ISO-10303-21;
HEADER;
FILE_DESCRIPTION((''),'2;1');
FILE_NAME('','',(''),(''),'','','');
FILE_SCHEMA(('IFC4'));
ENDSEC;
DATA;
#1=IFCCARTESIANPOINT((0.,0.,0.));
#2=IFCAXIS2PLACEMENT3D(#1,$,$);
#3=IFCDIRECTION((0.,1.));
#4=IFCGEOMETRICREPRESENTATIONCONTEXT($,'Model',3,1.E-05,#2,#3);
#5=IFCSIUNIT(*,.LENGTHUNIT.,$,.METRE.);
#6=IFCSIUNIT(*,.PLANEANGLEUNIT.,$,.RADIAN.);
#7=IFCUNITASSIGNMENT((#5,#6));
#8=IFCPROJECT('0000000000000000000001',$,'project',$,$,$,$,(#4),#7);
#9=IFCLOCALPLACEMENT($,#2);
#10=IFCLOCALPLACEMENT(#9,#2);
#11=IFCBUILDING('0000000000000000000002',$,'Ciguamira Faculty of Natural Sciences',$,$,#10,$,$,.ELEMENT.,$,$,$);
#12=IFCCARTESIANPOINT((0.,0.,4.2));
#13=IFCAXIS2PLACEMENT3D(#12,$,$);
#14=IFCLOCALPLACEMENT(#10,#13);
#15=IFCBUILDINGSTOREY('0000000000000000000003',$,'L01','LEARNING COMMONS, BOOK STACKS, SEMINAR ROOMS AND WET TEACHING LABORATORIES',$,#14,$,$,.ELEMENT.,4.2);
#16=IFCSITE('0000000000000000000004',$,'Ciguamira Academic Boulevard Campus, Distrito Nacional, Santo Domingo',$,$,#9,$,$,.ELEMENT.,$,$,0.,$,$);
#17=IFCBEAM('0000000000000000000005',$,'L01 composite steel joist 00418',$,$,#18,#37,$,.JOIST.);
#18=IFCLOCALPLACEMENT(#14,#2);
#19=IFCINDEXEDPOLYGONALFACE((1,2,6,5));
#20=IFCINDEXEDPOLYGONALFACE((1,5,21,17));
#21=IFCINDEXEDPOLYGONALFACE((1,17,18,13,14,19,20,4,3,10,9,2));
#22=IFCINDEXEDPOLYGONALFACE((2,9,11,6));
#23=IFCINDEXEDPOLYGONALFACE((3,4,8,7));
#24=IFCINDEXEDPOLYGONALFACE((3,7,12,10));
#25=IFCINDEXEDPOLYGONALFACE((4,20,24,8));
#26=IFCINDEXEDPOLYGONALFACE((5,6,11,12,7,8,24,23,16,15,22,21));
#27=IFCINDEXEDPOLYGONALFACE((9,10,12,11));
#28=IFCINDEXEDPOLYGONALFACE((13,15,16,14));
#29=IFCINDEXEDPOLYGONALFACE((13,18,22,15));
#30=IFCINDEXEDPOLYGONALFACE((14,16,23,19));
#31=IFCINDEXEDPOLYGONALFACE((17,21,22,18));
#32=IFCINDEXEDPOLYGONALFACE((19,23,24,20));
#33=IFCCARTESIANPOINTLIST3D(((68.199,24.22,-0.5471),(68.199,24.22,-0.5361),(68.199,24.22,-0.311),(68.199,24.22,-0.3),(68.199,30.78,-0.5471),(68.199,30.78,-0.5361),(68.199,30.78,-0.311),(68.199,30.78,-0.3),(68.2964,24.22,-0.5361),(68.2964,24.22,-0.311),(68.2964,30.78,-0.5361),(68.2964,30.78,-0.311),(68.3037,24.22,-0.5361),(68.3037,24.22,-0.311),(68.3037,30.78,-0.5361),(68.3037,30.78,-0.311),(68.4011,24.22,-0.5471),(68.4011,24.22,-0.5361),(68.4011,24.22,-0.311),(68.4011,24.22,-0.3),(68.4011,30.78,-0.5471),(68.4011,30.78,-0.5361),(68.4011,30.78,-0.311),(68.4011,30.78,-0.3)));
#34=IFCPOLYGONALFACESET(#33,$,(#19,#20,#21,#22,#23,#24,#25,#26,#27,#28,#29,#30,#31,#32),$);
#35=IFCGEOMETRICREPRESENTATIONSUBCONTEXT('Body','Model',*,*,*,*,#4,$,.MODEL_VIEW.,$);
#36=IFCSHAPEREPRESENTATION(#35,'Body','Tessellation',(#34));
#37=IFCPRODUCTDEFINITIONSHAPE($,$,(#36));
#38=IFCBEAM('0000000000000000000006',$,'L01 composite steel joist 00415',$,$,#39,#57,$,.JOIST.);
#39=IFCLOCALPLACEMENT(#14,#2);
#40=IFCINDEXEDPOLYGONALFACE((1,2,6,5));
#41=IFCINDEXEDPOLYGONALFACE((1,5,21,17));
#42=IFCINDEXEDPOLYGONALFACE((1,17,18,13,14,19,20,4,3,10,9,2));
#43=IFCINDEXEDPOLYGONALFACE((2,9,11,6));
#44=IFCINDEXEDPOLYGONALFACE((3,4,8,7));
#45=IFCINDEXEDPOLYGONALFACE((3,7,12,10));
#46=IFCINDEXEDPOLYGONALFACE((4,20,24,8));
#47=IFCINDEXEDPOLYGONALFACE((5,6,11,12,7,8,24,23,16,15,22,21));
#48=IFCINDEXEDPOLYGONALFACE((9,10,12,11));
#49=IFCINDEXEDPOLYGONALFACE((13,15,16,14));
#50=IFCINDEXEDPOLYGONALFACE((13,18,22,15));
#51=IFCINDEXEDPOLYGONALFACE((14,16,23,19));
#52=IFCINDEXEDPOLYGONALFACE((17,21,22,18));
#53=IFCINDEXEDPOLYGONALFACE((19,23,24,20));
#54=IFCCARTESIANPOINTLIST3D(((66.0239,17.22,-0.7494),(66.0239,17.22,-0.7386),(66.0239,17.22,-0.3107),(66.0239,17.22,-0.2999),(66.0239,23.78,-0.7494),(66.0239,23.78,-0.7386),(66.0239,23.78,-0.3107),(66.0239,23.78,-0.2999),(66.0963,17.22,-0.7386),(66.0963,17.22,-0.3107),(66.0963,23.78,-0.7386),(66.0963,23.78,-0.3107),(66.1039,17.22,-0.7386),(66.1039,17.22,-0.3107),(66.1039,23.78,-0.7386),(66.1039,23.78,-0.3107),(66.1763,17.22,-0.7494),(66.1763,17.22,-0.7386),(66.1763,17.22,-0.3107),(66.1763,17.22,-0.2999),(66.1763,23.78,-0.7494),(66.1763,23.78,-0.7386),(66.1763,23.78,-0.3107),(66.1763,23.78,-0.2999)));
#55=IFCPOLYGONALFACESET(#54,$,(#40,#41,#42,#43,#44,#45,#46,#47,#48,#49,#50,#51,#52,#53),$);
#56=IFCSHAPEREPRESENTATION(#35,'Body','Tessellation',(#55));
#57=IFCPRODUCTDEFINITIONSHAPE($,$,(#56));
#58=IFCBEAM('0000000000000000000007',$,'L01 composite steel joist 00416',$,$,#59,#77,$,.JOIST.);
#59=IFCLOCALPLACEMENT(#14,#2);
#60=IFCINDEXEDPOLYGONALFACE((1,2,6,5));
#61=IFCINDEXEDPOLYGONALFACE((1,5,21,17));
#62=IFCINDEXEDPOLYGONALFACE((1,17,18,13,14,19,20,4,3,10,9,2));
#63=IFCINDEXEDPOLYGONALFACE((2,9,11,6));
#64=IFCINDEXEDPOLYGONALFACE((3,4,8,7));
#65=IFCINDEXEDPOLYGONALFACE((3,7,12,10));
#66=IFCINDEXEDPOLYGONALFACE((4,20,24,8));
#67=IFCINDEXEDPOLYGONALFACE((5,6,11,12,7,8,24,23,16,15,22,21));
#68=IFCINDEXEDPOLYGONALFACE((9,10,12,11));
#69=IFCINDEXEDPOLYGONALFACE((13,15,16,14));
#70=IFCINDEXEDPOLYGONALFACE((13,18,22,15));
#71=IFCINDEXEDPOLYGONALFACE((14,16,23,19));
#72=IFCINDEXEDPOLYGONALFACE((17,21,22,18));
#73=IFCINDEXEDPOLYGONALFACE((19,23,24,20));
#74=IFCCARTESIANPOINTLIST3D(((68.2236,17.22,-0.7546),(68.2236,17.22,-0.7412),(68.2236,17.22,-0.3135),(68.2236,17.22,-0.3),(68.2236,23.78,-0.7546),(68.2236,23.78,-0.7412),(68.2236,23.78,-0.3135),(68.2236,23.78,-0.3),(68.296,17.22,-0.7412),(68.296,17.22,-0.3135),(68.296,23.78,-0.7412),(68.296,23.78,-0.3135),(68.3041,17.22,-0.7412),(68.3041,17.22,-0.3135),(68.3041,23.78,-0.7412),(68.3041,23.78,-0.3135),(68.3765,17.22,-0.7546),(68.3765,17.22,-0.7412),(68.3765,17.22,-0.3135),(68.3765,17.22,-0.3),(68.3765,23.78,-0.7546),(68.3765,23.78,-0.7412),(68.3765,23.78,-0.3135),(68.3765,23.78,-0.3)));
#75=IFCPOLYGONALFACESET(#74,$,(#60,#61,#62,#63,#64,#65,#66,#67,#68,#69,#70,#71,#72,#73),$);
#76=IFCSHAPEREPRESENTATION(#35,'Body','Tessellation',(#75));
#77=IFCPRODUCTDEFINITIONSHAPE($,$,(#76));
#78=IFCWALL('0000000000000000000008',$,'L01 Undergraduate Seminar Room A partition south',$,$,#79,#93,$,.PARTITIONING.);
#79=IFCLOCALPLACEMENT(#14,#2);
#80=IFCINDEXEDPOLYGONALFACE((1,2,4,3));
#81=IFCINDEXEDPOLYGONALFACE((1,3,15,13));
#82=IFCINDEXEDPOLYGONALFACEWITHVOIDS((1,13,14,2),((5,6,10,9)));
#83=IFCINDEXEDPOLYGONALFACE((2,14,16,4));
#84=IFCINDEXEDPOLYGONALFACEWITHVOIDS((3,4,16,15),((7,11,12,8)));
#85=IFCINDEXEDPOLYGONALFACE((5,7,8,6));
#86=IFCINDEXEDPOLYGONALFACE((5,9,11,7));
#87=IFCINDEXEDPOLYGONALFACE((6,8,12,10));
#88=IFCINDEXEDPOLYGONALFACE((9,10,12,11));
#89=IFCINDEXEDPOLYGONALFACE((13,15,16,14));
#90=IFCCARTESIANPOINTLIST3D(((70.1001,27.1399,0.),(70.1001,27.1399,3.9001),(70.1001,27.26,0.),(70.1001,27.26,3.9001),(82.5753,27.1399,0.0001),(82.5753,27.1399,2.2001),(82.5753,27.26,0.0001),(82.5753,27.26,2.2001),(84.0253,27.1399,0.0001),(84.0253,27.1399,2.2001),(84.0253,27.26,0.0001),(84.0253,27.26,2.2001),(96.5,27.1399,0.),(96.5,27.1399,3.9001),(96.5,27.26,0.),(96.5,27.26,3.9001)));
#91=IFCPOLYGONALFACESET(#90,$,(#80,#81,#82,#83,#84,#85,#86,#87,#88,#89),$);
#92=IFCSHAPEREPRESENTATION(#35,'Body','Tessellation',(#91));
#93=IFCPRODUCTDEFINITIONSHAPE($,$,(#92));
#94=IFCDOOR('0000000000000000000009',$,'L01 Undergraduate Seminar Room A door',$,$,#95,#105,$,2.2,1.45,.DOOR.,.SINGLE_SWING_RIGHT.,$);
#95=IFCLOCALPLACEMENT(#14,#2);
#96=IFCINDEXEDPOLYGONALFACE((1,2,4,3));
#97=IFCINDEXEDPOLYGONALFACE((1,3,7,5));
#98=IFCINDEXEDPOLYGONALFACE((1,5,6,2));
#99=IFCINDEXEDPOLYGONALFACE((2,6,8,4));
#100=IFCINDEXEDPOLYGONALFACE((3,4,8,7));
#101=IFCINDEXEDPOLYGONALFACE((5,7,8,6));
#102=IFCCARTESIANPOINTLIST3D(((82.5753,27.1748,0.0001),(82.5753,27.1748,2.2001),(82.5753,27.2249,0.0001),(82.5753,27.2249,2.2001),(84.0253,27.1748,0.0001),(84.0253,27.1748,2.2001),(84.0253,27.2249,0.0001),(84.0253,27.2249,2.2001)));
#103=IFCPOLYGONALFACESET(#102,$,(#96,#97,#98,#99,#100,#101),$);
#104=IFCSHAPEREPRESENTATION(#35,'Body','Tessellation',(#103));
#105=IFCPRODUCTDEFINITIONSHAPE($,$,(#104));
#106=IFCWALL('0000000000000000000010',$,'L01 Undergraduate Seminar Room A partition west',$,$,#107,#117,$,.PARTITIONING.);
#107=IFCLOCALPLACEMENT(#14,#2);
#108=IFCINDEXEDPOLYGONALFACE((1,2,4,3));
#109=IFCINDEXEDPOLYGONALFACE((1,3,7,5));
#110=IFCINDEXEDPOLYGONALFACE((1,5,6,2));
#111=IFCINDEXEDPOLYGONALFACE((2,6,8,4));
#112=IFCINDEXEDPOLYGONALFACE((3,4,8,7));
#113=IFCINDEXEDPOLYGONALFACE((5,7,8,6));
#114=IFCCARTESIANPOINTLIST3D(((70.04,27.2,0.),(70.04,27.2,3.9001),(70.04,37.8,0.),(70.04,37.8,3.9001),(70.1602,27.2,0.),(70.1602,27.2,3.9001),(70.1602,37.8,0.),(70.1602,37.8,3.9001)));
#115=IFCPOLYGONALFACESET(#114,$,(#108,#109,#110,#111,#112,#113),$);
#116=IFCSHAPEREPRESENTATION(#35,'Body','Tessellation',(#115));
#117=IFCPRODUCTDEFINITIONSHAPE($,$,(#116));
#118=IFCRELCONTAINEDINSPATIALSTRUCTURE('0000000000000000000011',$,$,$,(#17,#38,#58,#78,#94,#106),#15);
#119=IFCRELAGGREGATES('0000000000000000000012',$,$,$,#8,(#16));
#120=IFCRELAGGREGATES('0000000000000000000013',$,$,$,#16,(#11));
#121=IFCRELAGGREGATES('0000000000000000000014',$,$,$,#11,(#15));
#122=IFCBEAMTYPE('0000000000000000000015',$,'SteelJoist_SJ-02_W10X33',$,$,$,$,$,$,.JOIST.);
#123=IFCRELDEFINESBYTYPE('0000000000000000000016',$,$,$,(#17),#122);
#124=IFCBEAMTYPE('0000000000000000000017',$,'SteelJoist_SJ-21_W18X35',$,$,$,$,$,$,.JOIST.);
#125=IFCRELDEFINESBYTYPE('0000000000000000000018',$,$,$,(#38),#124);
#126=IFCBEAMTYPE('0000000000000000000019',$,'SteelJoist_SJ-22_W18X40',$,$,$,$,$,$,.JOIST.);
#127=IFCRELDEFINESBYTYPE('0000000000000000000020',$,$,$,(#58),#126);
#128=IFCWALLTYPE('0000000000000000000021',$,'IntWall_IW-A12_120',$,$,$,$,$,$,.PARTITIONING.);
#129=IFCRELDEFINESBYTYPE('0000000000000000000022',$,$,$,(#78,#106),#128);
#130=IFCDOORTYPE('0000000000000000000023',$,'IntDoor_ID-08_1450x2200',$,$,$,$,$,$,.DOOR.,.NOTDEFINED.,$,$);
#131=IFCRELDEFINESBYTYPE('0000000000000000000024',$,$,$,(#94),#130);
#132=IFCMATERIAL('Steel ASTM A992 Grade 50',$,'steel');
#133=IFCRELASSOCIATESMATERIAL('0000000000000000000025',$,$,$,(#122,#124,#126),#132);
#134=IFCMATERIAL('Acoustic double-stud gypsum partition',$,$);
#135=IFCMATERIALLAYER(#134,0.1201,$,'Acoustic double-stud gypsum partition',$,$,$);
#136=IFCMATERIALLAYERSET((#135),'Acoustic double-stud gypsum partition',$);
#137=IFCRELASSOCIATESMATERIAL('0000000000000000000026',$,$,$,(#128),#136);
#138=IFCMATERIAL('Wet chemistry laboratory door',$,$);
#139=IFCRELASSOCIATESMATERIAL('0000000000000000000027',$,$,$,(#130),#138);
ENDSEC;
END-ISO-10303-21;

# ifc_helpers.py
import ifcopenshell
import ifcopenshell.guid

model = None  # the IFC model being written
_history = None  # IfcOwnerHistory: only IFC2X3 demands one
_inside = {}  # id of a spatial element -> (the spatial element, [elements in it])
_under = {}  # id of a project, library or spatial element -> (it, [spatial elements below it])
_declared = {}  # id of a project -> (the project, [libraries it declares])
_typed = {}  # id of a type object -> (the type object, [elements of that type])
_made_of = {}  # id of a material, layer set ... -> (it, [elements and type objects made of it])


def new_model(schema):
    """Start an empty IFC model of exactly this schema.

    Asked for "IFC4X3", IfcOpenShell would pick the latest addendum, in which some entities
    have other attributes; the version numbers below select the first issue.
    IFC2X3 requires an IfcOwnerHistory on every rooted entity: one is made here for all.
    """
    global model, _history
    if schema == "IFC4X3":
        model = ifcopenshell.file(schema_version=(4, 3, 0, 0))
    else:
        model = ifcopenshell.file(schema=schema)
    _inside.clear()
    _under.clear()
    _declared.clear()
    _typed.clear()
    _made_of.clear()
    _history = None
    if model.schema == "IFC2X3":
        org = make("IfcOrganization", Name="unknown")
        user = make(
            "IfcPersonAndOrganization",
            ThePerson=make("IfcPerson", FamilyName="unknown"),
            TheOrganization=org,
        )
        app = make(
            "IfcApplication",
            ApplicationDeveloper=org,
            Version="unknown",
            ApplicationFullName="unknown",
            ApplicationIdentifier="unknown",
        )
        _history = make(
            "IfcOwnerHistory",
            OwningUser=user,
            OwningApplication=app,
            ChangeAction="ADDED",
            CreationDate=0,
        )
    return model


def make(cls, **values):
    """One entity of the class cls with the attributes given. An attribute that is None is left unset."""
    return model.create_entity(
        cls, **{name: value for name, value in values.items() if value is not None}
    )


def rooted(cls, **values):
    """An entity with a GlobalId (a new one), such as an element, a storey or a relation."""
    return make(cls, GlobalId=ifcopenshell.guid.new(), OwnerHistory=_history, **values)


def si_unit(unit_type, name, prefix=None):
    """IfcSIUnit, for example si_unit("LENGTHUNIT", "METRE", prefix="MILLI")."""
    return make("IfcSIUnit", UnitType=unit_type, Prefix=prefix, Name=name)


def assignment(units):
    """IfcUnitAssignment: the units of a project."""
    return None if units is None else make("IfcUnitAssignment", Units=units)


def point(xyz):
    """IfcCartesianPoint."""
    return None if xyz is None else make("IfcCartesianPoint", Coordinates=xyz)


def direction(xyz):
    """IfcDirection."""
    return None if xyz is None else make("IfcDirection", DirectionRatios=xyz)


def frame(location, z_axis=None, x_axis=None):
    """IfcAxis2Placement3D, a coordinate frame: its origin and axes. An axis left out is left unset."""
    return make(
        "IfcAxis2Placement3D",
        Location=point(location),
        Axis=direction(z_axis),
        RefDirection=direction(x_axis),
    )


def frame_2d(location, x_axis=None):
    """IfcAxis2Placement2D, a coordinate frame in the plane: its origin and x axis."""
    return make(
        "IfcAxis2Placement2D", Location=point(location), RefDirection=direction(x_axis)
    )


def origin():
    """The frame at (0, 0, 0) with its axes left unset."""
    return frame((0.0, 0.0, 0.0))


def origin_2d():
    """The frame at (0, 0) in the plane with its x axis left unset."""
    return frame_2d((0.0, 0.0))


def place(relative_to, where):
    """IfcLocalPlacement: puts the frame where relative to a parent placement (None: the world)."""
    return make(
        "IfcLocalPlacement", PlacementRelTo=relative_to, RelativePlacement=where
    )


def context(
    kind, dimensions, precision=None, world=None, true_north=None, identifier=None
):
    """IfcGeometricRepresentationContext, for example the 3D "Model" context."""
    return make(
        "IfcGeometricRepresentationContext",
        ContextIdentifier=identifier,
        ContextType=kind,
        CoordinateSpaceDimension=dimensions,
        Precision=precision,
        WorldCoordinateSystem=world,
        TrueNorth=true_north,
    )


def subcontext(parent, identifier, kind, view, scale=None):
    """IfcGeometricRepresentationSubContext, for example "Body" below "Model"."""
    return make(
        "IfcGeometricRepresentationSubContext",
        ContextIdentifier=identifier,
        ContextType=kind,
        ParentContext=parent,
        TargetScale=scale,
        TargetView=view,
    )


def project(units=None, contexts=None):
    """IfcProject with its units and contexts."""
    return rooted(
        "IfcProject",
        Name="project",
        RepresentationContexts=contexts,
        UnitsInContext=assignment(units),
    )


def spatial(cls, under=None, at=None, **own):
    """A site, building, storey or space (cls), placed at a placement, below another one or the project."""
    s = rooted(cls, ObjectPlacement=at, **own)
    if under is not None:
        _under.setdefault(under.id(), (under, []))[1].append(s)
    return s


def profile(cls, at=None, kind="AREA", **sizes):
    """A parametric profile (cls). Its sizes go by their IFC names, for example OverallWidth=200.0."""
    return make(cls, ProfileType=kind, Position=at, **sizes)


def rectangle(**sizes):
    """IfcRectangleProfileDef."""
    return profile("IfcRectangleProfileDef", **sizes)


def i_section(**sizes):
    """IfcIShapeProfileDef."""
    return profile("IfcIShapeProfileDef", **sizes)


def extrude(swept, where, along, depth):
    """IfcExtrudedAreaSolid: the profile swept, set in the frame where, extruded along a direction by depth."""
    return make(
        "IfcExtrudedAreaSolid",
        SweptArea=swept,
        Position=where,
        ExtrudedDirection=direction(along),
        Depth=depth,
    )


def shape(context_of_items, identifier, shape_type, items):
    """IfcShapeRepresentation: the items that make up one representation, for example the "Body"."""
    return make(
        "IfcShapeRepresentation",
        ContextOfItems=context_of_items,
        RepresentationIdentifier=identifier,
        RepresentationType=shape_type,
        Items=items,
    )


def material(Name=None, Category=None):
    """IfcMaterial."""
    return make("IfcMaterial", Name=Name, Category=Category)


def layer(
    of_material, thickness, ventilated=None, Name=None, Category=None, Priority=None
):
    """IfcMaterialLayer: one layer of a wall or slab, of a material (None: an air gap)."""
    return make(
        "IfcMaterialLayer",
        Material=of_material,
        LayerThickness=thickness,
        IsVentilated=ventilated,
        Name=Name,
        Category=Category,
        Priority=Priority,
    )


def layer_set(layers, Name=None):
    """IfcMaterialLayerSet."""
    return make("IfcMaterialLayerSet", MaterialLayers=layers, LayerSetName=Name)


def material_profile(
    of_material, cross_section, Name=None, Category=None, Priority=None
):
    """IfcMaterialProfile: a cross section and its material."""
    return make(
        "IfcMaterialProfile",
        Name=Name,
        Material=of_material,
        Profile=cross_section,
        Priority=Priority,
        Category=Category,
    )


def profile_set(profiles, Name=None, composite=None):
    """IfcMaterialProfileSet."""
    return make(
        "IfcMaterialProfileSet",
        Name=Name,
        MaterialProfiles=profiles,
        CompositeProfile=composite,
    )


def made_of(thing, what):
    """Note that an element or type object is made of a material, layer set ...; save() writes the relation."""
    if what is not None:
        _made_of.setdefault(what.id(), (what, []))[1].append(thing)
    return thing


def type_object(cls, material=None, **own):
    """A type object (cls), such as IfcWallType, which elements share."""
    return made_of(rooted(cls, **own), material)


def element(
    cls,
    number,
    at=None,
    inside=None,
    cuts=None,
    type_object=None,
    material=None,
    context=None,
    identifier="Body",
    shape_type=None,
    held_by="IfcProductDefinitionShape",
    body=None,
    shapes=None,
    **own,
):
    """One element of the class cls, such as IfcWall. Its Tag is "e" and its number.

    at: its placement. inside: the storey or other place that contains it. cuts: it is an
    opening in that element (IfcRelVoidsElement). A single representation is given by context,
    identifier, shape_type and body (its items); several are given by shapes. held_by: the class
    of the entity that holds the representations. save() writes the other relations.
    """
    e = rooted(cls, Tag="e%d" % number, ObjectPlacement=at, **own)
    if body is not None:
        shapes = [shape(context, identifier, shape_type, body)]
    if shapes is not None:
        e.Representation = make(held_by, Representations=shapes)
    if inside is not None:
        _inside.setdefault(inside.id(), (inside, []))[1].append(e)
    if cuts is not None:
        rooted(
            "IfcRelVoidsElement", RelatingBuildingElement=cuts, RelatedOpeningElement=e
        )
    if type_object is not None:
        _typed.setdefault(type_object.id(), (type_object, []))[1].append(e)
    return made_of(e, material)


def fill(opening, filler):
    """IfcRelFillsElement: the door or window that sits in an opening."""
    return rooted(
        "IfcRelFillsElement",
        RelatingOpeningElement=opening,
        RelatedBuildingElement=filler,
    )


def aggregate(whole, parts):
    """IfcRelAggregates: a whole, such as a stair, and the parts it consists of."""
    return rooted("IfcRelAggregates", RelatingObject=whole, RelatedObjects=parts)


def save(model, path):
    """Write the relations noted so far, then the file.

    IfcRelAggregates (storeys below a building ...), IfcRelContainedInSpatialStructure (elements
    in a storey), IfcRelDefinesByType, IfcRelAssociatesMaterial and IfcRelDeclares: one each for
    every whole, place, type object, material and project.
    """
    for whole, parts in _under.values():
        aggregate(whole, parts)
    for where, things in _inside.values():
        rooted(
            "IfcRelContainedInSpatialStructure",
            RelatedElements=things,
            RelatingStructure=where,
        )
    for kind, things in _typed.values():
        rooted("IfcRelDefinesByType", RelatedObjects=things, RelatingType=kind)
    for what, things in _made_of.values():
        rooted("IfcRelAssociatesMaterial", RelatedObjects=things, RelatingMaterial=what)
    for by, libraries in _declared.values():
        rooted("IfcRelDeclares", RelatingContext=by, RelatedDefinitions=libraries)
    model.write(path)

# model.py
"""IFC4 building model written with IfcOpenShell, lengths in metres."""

from ifc_helpers import new_model, si_unit, direction, frame, frame_2d, origin, origin_2d, place, context, subcontext, project, spatial, rectangle, i_section, extrude, material, layer, layer_set, material_profile, profile_set, type_object, element, fill, save


model = new_model("IFC4")

# Units and contexts
model_context = context("Model", 3, precision=1e-05, world=origin(), true_north=direction((0.0, 1.0)))
body_context = subcontext(model_context, "Body", "Model", "MODEL_VIEW")
ifc_project = project(units=[si_unit("LENGTHUNIT", "METRE"), si_unit("PLANEANGLEUNIT", "RADIAN")], contexts=[model_context])

# Site, building, storey
site_placement = place(None, origin())
site = spatial("IfcSite", under=ifc_project, at=site_placement, Name="Ciguamira Academic Boulevard Campus, Distrito Nacional, Santo Domingo", CompositionType="ELEMENT", RefElevation=0.0)
building_placement = place(site_placement, origin())
building = spatial("IfcBuilding", under=site, at=building_placement, Name="Ciguamira Faculty of Natural Sciences", CompositionType="ELEMENT")
storey_placement = place(building_placement, frame((0.0, 0.0, 4.2)))
storey = spatial("IfcBuildingStorey", under=building, at=storey_placement, Name="L01", Description="LEARNING COMMONS, BOOK STACKS, SEMINAR ROOMS AND WET TEACHING LABORATORIES", CompositionType="ELEMENT", Elevation=4.2)

# Beams
ifc_material_1 = material(Name="Steel ASTM A992 Grade 50", Category="steel")
ifc_material_profile_1 = material_profile(ifc_material_1, i_section(OverallWidth=0.2021, OverallDepth=0.2471, WebThickness=0.0073, FlangeThickness=0.011, at=origin_2d()), Name="W10X33")
ifc_profile_set_1 = profile_set([ifc_material_profile_1], Name="Steel ASTM A992 Grade 50")
beam_type_1 = type_object("IfcBeamType", Name="SteelJoist_SJ-02_W10X33", PredefinedType="JOIST", material=ifc_profile_set_1)
beam_1_placement = place(storey_placement, frame((68.3, 24.22, -0.4236), z_axis=(0.0, 1.0, 0.0), x_axis=(-1.0, 0.0, 0.0)))
element("IfcBeam", 1, at=beam_1_placement, inside=storey, type_object=beam_type_1, Name="L01 composite steel joist 00418", PredefinedType="JOIST", context=body_context, shape_type="SweptSolid", body=[
    extrude(i_section(OverallWidth=0.2021, OverallDepth=0.2471, WebThickness=0.0073, FlangeThickness=0.011, at=origin_2d()), origin(), (0.0, 0.0, 1.0), 6.5601),
])
ifc_material_profile_2 = material_profile(ifc_material_1, i_section(OverallWidth=0.1523, OverallDepth=0.4495, WebThickness=0.0076, FlangeThickness=0.0107, at=origin_2d()), Name="W18X35")
ifc_profile_set_2 = profile_set([ifc_material_profile_2], Name="Steel ASTM A992 Grade 50")
beam_type_2 = type_object("IfcBeamType", Name="SteelJoist_SJ-21_W18X35", PredefinedType="JOIST", material=ifc_profile_set_2)
beam_2_placement = place(storey_placement, frame((66.1001, 17.22, -0.5247), z_axis=(0.0, 1.0, 0.0), x_axis=(-1.0, 0.0, 0.0)))
element("IfcBeam", 2, at=beam_2_placement, inside=storey, type_object=beam_type_2, Name="L01 composite steel joist 00415", PredefinedType="JOIST", context=body_context, shape_type="SweptSolid", body=[
    extrude(i_section(OverallWidth=0.1523, OverallDepth=0.4495, WebThickness=0.0076, FlangeThickness=0.0107, at=origin_2d()), origin(), (0.0, 0.0, 1.0), 6.5601),
])
ifc_material_profile_3 = material_profile(ifc_material_1, i_section(OverallWidth=0.1528, OverallDepth=0.4546, WebThickness=0.0081, FlangeThickness=0.0134, at=origin_2d()), Name="W18X40")
ifc_profile_set_3 = profile_set([ifc_material_profile_3], Name="Steel ASTM A992 Grade 50")
beam_type_3 = type_object("IfcBeamType", Name="SteelJoist_SJ-22_W18X40", PredefinedType="JOIST", material=ifc_profile_set_3)
beam_3_placement = place(storey_placement, frame((68.3, 17.22, -0.5273), z_axis=(0.0, 1.0, 0.0), x_axis=(-1.0, 0.0, 0.0)))
element("IfcBeam", 3, at=beam_3_placement, inside=storey, type_object=beam_type_3, Name="L01 composite steel joist 00416", PredefinedType="JOIST", context=body_context, shape_type="SweptSolid", body=[
    extrude(i_section(OverallWidth=0.1528, OverallDepth=0.4546, WebThickness=0.0081, FlangeThickness=0.0134, at=origin_2d()), origin(), (0.0, 0.0, 1.0), 6.5601),
])

# Wall, opening, door
ifc_material_2 = material(Name="Acoustic double-stud gypsum partition")
ifc_layer = layer(ifc_material_2, 0.1201, Name="Acoustic double-stud gypsum partition")
ifc_layer_set = layer_set([ifc_layer], Name="Acoustic double-stud gypsum partition")
wall_type = type_object("IfcWallType", Name="IntWall_IW-A12_120", PredefinedType="PARTITIONING", material=ifc_layer_set)
wall_1_placement = place(storey_placement, frame((70.1001, 27.2, 0.0), z_axis=(0.0, 0.0, 1.0), x_axis=(1.0, 0.0, 0.0)))
wall_1 = element("IfcWall", 4, at=wall_1_placement, inside=storey, type_object=wall_type, Name="L01 Undergraduate Seminar Room A partition south", PredefinedType="PARTITIONING", context=body_context, shape_type="SweptSolid", body=[
    extrude(rectangle(XDim=26.3999, YDim=0.1201, at=frame_2d((13.2, 0.0))), origin(), (0.0, 0.0, 1.0), 3.9001),
])
opening_placement = place(wall_1_placement, frame((12.4751, 0.0, 0.0)))
opening = element("IfcOpeningElement", 5, at=opening_placement, cuts=wall_1, PredefinedType="OPENING", context=body_context, shape_type="SweptSolid", body=[
    extrude(rectangle(XDim=1.45, YDim=2.2, at=frame_2d((0.7251, 1.1001))), frame((0.0, 0.0701, 0.0), z_axis=(0.0, -1.0, 0.0), x_axis=(1.0, 0.0, 0.0)), (0.0, 0.0, 1.0), 0.1401),
])
ifc_material_3 = material(Name="Wet chemistry laboratory door")
door_type = type_object("IfcDoorType", Name="IntDoor_ID-08_1450x2200", OperationType="NOTDEFINED", PredefinedType="DOOR", material=ifc_material_3)
door_placement = place(opening_placement, origin())
door = element("IfcDoor", 6, at=door_placement, inside=storey, type_object=door_type, Name="L01 Undergraduate Seminar Room A door", OperationType="SINGLE_SWING_RIGHT", OverallHeight=2.2, OverallWidth=1.45, PredefinedType="DOOR", context=body_context, shape_type="SweptSolid", body=[
    extrude(rectangle(XDim=1.45, YDim=2.2, at=frame_2d((0.7251, 1.1001))), frame((0.0, 0.0249, 0.0), z_axis=(0.0, -1.0, 0.0), x_axis=(1.0, 0.0, 0.0)), (0.0, 0.0, 1.0), 0.05),
])
fill(opening, door)

# Wall
wall_2_placement = place(storey_placement, frame((70.1001, 27.2, 0.0), z_axis=(0.0, 0.0, 1.0), x_axis=(0.0, 1.0, 0.0)))
element("IfcWall", 7, at=wall_2_placement, inside=storey, type_object=wall_type, Name="L01 Undergraduate Seminar Room A partition west", PredefinedType="PARTITIONING", context=body_context, shape_type="SweptSolid", body=[
    extrude(rectangle(XDim=10.6001, YDim=0.1201, at=frame_2d((5.3, 0.0))), origin(), (0.0, 0.0, 1.0), 3.9001),
])

save(model, "model.ifc")
